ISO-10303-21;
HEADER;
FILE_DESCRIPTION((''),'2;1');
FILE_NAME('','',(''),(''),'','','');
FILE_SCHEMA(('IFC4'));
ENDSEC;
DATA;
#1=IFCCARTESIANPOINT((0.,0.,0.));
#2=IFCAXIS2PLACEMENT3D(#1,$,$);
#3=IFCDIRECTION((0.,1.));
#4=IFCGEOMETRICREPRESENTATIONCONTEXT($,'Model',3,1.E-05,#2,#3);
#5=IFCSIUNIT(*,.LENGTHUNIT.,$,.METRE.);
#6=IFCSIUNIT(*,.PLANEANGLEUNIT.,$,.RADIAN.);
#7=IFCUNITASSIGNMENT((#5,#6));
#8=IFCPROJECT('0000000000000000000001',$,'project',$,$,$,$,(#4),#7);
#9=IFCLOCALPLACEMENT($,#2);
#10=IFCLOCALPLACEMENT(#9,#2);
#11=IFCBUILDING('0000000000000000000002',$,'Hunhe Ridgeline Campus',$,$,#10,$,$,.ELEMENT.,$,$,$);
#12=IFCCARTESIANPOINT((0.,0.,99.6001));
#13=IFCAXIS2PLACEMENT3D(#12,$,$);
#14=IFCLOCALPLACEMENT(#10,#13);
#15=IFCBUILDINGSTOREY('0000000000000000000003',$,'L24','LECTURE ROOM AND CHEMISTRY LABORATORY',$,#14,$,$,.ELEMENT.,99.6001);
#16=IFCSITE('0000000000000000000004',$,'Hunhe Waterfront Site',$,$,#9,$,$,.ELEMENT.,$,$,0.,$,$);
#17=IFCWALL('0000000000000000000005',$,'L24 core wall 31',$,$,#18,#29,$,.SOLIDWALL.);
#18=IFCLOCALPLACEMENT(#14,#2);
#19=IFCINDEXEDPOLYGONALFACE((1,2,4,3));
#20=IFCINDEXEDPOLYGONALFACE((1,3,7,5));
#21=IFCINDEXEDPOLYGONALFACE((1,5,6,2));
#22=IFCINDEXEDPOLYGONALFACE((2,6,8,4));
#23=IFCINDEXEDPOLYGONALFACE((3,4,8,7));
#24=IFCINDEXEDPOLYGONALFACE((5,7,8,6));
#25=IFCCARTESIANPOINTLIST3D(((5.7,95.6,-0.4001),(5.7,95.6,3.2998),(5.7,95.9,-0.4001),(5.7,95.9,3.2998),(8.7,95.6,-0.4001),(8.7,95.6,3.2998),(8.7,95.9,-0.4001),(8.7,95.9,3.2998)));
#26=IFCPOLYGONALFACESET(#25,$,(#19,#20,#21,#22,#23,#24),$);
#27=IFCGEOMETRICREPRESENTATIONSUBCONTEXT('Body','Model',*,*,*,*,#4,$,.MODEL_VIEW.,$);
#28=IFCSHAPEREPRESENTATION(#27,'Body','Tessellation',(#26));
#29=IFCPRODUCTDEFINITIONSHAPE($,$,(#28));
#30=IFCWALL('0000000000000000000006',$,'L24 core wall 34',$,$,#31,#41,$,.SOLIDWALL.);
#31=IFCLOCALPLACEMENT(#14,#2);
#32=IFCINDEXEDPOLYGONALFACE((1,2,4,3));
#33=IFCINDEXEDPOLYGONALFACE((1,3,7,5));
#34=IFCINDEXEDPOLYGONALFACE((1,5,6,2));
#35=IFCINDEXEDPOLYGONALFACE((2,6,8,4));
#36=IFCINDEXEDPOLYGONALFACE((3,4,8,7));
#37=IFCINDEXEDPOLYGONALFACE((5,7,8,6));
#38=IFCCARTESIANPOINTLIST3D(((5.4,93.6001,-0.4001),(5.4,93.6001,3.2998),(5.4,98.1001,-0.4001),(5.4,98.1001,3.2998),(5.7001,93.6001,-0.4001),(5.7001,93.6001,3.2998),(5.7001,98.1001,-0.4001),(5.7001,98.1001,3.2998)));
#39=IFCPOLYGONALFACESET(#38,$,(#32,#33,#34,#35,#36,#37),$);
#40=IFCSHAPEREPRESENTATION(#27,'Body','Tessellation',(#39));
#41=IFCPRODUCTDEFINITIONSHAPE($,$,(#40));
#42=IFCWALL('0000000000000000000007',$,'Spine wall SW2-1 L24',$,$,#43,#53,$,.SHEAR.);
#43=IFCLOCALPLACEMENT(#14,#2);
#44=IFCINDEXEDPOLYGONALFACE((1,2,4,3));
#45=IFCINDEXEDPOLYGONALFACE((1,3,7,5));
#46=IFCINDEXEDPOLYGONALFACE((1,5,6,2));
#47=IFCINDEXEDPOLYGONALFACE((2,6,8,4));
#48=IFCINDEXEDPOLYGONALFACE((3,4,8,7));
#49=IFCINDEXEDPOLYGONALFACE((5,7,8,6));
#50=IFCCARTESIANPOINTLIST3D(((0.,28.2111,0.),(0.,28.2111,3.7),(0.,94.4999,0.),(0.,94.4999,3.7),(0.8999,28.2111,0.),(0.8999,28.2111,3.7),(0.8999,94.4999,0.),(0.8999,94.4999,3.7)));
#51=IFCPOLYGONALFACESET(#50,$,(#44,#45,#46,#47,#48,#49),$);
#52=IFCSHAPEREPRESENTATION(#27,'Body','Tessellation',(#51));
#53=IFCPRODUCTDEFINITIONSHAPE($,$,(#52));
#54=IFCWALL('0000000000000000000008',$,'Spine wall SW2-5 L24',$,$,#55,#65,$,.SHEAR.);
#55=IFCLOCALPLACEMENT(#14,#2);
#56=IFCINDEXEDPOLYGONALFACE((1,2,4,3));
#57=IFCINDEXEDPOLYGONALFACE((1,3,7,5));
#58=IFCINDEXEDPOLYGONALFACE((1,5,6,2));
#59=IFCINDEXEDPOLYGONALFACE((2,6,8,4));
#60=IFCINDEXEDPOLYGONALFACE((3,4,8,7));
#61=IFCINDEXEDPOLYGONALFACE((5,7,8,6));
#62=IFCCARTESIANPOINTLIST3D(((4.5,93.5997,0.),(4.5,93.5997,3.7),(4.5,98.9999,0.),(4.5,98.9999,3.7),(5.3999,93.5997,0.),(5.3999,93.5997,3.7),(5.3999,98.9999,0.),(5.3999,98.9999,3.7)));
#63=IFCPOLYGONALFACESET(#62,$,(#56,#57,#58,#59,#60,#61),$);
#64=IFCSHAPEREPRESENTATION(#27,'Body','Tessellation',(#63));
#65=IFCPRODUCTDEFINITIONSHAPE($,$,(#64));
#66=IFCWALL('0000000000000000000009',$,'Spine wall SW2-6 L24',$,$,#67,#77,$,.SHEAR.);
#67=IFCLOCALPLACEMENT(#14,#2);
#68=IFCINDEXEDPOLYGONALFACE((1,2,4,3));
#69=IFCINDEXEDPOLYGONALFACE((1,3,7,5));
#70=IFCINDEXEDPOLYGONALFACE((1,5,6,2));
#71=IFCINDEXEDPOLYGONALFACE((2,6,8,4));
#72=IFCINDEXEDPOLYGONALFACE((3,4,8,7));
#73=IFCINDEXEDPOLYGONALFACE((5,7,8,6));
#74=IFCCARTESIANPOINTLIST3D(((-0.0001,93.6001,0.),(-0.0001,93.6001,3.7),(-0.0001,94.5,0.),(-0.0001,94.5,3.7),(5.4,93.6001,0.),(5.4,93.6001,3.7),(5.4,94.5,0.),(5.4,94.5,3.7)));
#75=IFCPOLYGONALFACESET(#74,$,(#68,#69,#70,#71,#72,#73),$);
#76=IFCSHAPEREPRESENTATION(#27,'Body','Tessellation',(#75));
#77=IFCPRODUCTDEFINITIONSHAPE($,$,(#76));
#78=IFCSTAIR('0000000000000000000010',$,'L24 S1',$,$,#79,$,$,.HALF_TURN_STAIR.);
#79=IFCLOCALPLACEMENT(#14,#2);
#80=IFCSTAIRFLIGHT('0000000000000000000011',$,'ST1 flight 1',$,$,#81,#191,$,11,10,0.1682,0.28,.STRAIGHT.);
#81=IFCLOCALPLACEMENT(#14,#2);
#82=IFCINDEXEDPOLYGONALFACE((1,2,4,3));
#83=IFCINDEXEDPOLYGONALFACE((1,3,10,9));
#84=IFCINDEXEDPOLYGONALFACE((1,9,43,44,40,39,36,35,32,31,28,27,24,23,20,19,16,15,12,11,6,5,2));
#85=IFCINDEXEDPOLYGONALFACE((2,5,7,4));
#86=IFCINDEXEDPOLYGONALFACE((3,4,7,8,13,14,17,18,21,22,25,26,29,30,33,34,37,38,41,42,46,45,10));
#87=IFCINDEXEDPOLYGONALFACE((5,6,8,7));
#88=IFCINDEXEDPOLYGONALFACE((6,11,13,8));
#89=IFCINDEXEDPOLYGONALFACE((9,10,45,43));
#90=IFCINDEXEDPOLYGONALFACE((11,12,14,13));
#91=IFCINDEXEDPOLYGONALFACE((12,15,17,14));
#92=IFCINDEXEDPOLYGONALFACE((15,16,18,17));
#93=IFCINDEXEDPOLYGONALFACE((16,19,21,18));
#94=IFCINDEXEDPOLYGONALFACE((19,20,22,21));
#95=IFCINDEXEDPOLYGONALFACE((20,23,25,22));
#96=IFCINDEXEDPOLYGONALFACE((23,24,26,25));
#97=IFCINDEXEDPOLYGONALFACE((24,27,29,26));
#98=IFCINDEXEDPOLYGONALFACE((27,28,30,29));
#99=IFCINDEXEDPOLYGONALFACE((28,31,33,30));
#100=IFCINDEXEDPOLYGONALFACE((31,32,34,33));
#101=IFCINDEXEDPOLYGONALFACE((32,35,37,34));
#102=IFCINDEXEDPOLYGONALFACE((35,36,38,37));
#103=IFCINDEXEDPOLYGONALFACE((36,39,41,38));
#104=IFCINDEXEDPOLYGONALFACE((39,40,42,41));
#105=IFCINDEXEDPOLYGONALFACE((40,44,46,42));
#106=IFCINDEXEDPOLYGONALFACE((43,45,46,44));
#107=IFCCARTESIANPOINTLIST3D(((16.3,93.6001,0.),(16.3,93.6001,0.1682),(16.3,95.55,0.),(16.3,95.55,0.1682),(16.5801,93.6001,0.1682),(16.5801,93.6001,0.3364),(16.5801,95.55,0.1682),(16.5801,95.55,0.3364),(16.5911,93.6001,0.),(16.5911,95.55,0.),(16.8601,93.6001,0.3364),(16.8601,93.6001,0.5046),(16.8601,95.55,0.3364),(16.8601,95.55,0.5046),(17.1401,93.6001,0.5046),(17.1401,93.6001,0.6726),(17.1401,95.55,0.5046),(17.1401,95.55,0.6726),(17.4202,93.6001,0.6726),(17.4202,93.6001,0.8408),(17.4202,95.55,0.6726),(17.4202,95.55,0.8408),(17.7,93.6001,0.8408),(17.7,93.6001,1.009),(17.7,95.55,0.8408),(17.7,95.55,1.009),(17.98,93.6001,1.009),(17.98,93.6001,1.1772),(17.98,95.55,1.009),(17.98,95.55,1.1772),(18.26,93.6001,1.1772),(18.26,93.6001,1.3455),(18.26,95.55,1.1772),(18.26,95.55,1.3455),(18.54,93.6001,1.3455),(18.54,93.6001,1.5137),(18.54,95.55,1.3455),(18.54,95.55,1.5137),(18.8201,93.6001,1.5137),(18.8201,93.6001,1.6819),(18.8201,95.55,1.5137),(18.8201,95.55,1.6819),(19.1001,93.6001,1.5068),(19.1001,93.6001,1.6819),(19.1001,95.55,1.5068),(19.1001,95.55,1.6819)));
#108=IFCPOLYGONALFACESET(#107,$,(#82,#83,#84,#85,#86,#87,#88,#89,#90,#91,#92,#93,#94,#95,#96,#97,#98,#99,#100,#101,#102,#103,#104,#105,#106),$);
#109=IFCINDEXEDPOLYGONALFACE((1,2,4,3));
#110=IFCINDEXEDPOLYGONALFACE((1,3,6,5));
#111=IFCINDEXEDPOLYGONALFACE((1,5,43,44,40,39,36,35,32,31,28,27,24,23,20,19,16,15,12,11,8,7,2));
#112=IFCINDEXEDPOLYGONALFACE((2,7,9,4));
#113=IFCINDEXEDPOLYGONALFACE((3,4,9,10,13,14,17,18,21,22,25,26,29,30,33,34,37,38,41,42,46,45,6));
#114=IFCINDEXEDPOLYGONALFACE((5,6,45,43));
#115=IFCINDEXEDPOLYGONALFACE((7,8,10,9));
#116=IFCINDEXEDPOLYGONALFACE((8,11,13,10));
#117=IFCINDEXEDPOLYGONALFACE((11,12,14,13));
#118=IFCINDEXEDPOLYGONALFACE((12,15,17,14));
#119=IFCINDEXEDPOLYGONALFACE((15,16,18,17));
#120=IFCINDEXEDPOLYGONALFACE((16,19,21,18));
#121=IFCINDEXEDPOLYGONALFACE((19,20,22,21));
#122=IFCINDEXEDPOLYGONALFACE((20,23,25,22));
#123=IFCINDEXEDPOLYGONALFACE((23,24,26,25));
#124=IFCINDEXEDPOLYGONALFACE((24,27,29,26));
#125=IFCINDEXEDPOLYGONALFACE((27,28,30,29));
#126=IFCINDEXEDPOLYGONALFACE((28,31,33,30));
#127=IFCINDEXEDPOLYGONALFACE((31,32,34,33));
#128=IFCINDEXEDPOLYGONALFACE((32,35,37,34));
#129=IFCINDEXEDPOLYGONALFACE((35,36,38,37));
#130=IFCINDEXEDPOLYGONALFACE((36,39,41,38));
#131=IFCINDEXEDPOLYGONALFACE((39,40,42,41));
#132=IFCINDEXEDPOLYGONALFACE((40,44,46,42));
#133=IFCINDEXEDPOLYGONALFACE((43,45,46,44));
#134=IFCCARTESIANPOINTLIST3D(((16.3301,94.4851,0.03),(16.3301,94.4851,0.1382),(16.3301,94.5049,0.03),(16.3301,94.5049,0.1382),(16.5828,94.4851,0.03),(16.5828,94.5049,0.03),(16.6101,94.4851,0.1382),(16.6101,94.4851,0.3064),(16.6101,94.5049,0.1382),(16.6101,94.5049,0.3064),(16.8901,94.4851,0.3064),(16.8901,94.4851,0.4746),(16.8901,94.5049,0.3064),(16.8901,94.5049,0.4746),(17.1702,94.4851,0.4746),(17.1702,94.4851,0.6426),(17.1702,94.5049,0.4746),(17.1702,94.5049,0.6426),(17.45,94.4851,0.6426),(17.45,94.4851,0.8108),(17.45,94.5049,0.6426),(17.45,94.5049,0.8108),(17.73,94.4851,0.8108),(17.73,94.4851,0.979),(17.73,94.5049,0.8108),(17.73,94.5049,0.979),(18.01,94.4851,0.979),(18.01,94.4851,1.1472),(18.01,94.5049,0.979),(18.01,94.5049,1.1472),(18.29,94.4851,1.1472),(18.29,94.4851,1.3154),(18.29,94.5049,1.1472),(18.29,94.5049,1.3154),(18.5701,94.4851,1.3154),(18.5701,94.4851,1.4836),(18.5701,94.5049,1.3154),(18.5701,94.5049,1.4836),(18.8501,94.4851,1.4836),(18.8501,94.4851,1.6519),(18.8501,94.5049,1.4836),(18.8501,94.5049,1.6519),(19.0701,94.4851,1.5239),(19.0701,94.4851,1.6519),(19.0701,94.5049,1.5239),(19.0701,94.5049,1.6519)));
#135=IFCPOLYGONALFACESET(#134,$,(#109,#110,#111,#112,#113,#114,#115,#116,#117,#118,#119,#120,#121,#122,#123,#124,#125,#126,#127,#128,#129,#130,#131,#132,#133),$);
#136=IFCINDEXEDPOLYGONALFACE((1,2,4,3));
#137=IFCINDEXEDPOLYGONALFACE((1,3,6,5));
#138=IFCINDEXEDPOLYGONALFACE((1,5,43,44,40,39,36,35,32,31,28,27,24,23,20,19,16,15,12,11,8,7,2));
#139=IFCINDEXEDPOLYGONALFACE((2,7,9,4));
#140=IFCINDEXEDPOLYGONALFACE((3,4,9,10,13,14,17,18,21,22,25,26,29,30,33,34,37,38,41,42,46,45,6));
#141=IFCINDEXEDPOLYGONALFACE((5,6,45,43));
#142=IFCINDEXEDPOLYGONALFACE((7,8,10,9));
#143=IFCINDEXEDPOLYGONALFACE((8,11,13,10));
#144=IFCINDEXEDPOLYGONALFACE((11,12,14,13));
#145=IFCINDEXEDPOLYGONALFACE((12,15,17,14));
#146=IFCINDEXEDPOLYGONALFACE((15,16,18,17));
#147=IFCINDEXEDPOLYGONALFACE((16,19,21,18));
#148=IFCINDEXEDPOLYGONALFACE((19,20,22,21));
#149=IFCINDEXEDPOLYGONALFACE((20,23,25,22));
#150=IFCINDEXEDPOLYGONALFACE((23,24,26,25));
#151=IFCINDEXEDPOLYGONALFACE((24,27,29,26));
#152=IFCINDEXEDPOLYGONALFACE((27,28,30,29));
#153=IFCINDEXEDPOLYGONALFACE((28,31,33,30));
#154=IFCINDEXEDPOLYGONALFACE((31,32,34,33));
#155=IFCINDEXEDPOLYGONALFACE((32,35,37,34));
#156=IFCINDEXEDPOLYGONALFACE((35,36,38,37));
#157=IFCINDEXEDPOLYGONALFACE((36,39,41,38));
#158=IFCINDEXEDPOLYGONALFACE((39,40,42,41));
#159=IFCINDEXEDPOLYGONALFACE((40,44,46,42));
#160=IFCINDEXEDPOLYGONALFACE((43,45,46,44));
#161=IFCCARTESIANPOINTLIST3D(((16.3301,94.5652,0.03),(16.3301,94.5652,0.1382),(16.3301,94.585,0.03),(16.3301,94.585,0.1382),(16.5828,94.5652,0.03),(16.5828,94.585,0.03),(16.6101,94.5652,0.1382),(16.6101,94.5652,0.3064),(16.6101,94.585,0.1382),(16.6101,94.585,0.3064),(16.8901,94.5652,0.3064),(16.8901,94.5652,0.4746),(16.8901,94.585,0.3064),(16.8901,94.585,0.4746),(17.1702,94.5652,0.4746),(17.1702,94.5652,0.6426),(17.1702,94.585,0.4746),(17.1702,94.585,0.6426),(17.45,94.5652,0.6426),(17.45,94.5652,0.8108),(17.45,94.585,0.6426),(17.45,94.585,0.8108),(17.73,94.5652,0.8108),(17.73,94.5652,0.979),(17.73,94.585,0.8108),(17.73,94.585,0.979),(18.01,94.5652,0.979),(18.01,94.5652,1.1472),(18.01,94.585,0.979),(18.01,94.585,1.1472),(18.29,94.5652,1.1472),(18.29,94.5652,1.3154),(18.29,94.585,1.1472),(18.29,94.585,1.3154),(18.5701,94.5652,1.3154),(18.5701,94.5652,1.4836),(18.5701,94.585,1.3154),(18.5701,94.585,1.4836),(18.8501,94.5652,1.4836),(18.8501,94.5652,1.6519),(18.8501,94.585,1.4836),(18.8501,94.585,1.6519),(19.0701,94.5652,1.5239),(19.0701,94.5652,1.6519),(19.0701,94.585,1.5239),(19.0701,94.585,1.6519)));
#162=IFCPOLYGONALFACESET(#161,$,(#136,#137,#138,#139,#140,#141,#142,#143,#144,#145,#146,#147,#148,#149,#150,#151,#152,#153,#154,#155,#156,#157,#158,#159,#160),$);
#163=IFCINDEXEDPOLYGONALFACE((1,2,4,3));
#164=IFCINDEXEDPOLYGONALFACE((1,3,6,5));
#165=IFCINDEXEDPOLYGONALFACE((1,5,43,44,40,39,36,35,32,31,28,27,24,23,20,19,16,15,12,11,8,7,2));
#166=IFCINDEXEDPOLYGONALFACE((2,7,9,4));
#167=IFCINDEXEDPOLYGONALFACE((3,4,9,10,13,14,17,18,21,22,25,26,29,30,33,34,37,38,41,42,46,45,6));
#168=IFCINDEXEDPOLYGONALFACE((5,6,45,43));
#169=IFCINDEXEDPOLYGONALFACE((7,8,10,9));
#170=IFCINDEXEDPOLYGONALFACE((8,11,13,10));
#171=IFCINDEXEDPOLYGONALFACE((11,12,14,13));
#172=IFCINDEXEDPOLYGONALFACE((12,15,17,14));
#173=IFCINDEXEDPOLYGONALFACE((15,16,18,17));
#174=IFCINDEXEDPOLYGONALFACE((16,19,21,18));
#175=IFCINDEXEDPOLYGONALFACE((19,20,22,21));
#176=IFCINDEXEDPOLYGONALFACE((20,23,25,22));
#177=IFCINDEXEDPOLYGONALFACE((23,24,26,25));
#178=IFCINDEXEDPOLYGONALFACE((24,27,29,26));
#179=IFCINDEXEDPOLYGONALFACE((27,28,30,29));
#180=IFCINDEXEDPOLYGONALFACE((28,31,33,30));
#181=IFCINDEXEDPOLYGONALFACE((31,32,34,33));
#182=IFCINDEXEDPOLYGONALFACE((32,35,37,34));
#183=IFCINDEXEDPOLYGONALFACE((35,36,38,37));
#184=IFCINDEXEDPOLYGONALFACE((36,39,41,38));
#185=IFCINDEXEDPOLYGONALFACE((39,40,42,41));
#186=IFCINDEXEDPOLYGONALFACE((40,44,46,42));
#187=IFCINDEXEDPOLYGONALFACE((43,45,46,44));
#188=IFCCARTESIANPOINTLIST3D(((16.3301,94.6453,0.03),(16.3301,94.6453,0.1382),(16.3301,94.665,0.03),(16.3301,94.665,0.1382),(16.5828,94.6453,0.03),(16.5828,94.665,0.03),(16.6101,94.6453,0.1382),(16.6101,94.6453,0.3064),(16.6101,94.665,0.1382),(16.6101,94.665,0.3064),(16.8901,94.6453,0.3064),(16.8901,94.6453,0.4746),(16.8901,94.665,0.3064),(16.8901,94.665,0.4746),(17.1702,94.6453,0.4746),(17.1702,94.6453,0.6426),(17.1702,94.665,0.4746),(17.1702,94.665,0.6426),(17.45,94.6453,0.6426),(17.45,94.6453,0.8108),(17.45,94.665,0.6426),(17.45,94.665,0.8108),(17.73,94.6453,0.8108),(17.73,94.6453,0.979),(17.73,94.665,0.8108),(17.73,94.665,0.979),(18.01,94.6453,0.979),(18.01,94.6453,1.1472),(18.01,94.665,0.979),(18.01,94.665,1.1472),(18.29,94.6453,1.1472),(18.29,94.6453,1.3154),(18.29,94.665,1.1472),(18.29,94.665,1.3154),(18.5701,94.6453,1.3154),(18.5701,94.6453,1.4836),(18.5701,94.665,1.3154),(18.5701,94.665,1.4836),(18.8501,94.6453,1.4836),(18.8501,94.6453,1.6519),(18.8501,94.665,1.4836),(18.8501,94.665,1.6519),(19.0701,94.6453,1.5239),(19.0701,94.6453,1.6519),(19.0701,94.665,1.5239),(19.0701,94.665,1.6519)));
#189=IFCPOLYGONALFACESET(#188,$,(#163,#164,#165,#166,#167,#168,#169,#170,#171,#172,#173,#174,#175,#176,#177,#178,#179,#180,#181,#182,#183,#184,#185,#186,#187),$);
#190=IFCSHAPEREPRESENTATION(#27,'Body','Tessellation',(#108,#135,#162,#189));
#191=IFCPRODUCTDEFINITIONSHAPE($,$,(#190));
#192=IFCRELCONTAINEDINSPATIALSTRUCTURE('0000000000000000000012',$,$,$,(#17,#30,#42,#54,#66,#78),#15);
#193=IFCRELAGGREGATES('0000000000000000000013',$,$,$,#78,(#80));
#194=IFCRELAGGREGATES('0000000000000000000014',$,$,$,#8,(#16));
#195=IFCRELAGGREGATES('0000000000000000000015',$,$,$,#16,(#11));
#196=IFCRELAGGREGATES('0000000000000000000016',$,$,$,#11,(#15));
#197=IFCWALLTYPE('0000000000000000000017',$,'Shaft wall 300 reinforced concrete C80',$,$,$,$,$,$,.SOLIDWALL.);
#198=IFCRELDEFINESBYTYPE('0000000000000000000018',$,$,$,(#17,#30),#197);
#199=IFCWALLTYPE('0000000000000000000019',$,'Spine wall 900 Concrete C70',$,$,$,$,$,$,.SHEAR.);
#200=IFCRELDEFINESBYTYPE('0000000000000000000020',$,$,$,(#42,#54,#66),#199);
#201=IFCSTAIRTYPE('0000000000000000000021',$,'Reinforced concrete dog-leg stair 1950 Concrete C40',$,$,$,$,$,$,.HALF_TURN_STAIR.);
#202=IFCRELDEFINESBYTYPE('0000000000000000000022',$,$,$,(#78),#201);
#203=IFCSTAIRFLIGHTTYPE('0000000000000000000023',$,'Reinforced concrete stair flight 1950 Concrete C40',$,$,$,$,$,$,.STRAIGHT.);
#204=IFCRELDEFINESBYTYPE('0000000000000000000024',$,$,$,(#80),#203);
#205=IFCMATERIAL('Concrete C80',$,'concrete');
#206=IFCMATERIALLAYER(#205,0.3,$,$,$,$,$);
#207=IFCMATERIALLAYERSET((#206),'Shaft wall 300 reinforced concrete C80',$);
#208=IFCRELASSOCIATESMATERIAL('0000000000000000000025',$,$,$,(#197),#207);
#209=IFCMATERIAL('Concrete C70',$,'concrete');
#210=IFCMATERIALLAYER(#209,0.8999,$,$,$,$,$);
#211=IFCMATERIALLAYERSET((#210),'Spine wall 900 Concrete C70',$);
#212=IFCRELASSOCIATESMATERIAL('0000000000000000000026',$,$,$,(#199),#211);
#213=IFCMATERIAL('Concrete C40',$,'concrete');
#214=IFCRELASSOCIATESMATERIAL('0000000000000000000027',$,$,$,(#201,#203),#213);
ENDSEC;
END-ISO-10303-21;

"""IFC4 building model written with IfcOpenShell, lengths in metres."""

from ifc_helpers import new_model, si_unit, direction, frame, frame_2d, origin, place, context, subcontext, project, spatial, polyline, rectangle, outline, extrude, material, layer, layer_set, type_object, element, aggregate, save


model = new_model("IFC4")

# Units and contexts
model_context = context("Model", 3, precision=1e-05, world=origin(), true_north=direction((0.0, 1.0)))
body_context = subcontext(model_context, "Body", "Model", "MODEL_VIEW")
ifc_project = project(units=[si_unit("LENGTHUNIT", "METRE"), si_unit("PLANEANGLEUNIT", "RADIAN")], contexts=[model_context])

# Site, building, storey
site_placement = place(None, origin())
site = spatial("IfcSite", under=ifc_project, at=site_placement, Name="Hunhe Waterfront Site", CompositionType="ELEMENT", RefElevation=0.0)
building_placement = place(site_placement, origin())
building = spatial("IfcBuilding", under=site, at=building_placement, Name="Hunhe Ridgeline Campus", CompositionType="ELEMENT")
storey_placement = place(building_placement, frame((0.0, 0.0, 99.6001)))
storey = spatial("IfcBuildingStorey", under=building, at=storey_placement, Name="L24", Description="LECTURE ROOM AND CHEMISTRY LABORATORY", CompositionType="ELEMENT", Elevation=99.6001)

# Shared definitions
ifc_material_1 = material(Name="Concrete C80", Category="concrete")
ifc_layer_1 = layer(ifc_material_1, 0.3)
ifc_layer_set_1 = layer_set([ifc_layer_1], Name="Shaft wall 300 reinforced concrete C80")
wall_type_1 = type_object("IfcWallType", Name="Shaft wall 300 reinforced concrete C80", PredefinedType="SOLIDWALL", material=ifc_layer_set_1)

# Walls
wall_1_placement = place(storey_placement, frame((5.7, 95.75, -0.4001), z_axis=(0.0, 0.0, 1.0), x_axis=(1.0, 0.0, 0.0)))
element("IfcWall", 1, at=wall_1_placement, inside=storey, type_object=wall_type_1, Name="L24 core wall 31", PredefinedType="SOLIDWALL", context=body_context, shape_type="SweptSolid", body=[
    extrude(rectangle(XDim=3.0, YDim=0.3, at=frame_2d((1.5, 0.0))), origin(), (0.0, 0.0, 1.0), 3.7),
])
wall_2_placement = place(storey_placement, frame((5.55, 93.6001, -0.4001), z_axis=(0.0, 0.0, 1.0), x_axis=(0.0, 1.0, 0.0)))
element("IfcWall", 2, at=wall_2_placement, inside=storey, type_object=wall_type_1, Name="L24 core wall 34", PredefinedType="SOLIDWALL", context=body_context, shape_type="SweptSolid", body=[
    extrude(rectangle(XDim=4.5, YDim=0.3, at=frame_2d((2.25, 0.0))), origin(), (0.0, 0.0, 1.0), 3.7),
])

# Walls
ifc_material_2 = material(Name="Concrete C70", Category="concrete")
ifc_layer_2 = layer(ifc_material_2, 0.8999)
ifc_layer_set_2 = layer_set([ifc_layer_2], Name="Spine wall 900 Concrete C70")
wall_type_2 = type_object("IfcWallType", Name="Spine wall 900 Concrete C70", PredefinedType="SHEAR", material=ifc_layer_set_2)
wall_3_placement = place(storey_placement, frame((0.45, 94.5, 0.0), z_axis=(0.0, 0.0, 1.0), x_axis=(0.0, -1.0, 0.0)))
element("IfcWall", 3, at=wall_3_placement, inside=storey, type_object=wall_type_2, Name="Spine wall SW2-1 L24", PredefinedType="SHEAR", context=body_context, shape_type="SweptSolid", body=[
    extrude(rectangle(XDim=66.2888, YDim=0.8999, at=frame_2d((33.1445, 0.0))), origin(), (0.0, 0.0, 1.0), 3.7),
])
for number, where, z_axis, x_axis, name in (
    (4, (4.95, 99.0, 0.0), (0.0, 0.0, 1.0), (0.0, -1.0, 0.0), "Spine wall SW2-5 L24"),
    (5, (5.4001, 94.05, 0.0), (0.0, 0.0, 1.0), (-1.0, 0.0, 0.0), "Spine wall SW2-6 L24"),
):
    element("IfcWall", number, at=place(storey_placement, frame(where, z_axis=z_axis, x_axis=x_axis)), inside=storey, type_object=wall_type_2, Name=name, PredefinedType="SHEAR", context=body_context, shape_type="SweptSolid", body=[
        extrude(rectangle(XDim=5.4001, YDim=0.8999, at=frame_2d((2.7002, 0.0))), origin(), (0.0, 0.0, 1.0), 3.7),
    ])

# Stair, stair flight
ifc_material_3 = material(Name="Concrete C40", Category="concrete")
stair_type = type_object("IfcStairType", Name="Reinforced concrete dog-leg stair 1950 Concrete C40", PredefinedType="HALF_TURN_STAIR", material=ifc_material_3)
stair_placement = place(storey_placement, origin())
stair = element("IfcStair", 6, at=stair_placement, inside=storey, type_object=stair_type, Name="L24 S1", PredefinedType="HALF_TURN_STAIR")
stair_flight_type = type_object("IfcStairFlightType", Name="Reinforced concrete stair flight 1950 Concrete C40", PredefinedType="STRAIGHT", material=ifc_material_3)
stair_flight_1_placement = place(storey_placement, frame((16.3, 94.575, 0.0), z_axis=(0.0, 0.0, 1.0), x_axis=(1.0, 0.0, 0.0)))
stair_flight_1 = element("IfcStairFlight", 7, at=stair_flight_1_placement, type_object=stair_flight_type, Name="ST1 flight 1", NumberOfRisers=11, NumberOfTreads=10, PredefinedType="STRAIGHT", RiserHeight=0.1682, TreadLength=0.28, context=body_context, shape_type="SweptSolid", body=[
    extrude(outline(polyline([(0.0, 0.0), (0.0, 0.1682), (0.28, 0.1682), (0.28, 0.3364), (0.5601, 0.3364), (0.5601, 0.5046), (0.8401, 0.5046), (0.8401, 0.6726), (1.1201, 0.6726), (1.1201, 0.8408), (1.3999, 0.8408), (1.3999, 1.009), (1.6799, 1.009), (1.6799, 1.1772), (1.96, 1.1772), (1.96, 1.3455), (2.24, 1.3455), (2.24, 1.5137), (2.52, 1.5137), (2.52, 1.6819), (2.8, 1.6819), (2.8, 1.8501), (2.8, 1.5068), (0.291, 0.0), (0.0, 0.0)])), frame((0.0, 0.9751, 0.0), z_axis=(0.0, -1.0, 0.0), x_axis=(1.0, 0.0, 0.0)), (0.0, 0.0, 1.0), 1.95),
    extrude(outline(polyline([(0.03, 0.03), (0.03, 0.1382), (0.3101, 0.1382), (0.3101, 0.3064), (0.5901, 0.3064), (0.5901, 0.4746), (0.8701, 0.4746), (0.8701, 0.6426), (1.1499, 0.6426), (1.1499, 0.8108), (1.4299, 0.8108), (1.4299, 0.979), (1.71, 0.979), (1.71, 1.1472), (1.99, 1.1472), (1.99, 1.3154), (2.27, 1.3154), (2.27, 1.4836), (2.55, 1.4836), (2.55, 1.6519), (2.77, 1.6519), (2.77, 1.5239), (0.2827, 0.03), (0.03, 0.03)])), frame((0.0, -0.0701, 0.0), z_axis=(0.0, -1.0, 0.0), x_axis=(1.0, 0.0, 0.0)), (0.0, 0.0, 1.0), 0.0198),
    extrude(outline(polyline([(0.03, 0.03), (0.03, 0.1382), (0.3101, 0.1382), (0.3101, 0.3064), (0.5901, 0.3064), (0.5901, 0.4746), (0.8701, 0.4746), (0.8701, 0.6426), (1.1499, 0.6426), (1.1499, 0.8108), (1.4299, 0.8108), (1.4299, 0.979), (1.71, 0.979), (1.71, 1.1472), (1.99, 1.1472), (1.99, 1.3154), (2.27, 1.3154), (2.27, 1.4836), (2.55, 1.4836), (2.55, 1.6519), (2.77, 1.6519), (2.77, 1.5239), (0.2827, 0.03), (0.03, 0.03)])), frame((0.0, 0.01, 0.0), z_axis=(0.0, -1.0, 0.0), x_axis=(1.0, 0.0, 0.0)), (0.0, 0.0, 1.0), 0.0198),
    extrude(outline(polyline([(0.03, 0.03), (0.03, 0.1382), (0.3101, 0.1382), (0.3101, 0.3064), (0.5901, 0.3064), (0.5901, 0.4746), (0.8701, 0.4746), (0.8701, 0.6426), (1.1499, 0.6426), (1.1499, 0.8108), (1.4299, 0.8108), (1.4299, 0.979), (1.71, 0.979), (1.71, 1.1472), (1.99, 1.1472), (1.99, 1.3154), (2.27, 1.3154), (2.27, 1.4836), (2.55, 1.4836), (2.55, 1.6519), (2.77, 1.6519), (2.77, 1.5239), (0.2827, 0.03), (0.03, 0.03)])), frame((0.0, 0.0901, 0.0), z_axis=(0.0, -1.0, 0.0), x_axis=(1.0, 0.0, 0.0)), (0.0, 0.0, 1.0), 0.0198),
])
aggregate(stair, [stair_flight_1])

save(model, "model.ifc")
